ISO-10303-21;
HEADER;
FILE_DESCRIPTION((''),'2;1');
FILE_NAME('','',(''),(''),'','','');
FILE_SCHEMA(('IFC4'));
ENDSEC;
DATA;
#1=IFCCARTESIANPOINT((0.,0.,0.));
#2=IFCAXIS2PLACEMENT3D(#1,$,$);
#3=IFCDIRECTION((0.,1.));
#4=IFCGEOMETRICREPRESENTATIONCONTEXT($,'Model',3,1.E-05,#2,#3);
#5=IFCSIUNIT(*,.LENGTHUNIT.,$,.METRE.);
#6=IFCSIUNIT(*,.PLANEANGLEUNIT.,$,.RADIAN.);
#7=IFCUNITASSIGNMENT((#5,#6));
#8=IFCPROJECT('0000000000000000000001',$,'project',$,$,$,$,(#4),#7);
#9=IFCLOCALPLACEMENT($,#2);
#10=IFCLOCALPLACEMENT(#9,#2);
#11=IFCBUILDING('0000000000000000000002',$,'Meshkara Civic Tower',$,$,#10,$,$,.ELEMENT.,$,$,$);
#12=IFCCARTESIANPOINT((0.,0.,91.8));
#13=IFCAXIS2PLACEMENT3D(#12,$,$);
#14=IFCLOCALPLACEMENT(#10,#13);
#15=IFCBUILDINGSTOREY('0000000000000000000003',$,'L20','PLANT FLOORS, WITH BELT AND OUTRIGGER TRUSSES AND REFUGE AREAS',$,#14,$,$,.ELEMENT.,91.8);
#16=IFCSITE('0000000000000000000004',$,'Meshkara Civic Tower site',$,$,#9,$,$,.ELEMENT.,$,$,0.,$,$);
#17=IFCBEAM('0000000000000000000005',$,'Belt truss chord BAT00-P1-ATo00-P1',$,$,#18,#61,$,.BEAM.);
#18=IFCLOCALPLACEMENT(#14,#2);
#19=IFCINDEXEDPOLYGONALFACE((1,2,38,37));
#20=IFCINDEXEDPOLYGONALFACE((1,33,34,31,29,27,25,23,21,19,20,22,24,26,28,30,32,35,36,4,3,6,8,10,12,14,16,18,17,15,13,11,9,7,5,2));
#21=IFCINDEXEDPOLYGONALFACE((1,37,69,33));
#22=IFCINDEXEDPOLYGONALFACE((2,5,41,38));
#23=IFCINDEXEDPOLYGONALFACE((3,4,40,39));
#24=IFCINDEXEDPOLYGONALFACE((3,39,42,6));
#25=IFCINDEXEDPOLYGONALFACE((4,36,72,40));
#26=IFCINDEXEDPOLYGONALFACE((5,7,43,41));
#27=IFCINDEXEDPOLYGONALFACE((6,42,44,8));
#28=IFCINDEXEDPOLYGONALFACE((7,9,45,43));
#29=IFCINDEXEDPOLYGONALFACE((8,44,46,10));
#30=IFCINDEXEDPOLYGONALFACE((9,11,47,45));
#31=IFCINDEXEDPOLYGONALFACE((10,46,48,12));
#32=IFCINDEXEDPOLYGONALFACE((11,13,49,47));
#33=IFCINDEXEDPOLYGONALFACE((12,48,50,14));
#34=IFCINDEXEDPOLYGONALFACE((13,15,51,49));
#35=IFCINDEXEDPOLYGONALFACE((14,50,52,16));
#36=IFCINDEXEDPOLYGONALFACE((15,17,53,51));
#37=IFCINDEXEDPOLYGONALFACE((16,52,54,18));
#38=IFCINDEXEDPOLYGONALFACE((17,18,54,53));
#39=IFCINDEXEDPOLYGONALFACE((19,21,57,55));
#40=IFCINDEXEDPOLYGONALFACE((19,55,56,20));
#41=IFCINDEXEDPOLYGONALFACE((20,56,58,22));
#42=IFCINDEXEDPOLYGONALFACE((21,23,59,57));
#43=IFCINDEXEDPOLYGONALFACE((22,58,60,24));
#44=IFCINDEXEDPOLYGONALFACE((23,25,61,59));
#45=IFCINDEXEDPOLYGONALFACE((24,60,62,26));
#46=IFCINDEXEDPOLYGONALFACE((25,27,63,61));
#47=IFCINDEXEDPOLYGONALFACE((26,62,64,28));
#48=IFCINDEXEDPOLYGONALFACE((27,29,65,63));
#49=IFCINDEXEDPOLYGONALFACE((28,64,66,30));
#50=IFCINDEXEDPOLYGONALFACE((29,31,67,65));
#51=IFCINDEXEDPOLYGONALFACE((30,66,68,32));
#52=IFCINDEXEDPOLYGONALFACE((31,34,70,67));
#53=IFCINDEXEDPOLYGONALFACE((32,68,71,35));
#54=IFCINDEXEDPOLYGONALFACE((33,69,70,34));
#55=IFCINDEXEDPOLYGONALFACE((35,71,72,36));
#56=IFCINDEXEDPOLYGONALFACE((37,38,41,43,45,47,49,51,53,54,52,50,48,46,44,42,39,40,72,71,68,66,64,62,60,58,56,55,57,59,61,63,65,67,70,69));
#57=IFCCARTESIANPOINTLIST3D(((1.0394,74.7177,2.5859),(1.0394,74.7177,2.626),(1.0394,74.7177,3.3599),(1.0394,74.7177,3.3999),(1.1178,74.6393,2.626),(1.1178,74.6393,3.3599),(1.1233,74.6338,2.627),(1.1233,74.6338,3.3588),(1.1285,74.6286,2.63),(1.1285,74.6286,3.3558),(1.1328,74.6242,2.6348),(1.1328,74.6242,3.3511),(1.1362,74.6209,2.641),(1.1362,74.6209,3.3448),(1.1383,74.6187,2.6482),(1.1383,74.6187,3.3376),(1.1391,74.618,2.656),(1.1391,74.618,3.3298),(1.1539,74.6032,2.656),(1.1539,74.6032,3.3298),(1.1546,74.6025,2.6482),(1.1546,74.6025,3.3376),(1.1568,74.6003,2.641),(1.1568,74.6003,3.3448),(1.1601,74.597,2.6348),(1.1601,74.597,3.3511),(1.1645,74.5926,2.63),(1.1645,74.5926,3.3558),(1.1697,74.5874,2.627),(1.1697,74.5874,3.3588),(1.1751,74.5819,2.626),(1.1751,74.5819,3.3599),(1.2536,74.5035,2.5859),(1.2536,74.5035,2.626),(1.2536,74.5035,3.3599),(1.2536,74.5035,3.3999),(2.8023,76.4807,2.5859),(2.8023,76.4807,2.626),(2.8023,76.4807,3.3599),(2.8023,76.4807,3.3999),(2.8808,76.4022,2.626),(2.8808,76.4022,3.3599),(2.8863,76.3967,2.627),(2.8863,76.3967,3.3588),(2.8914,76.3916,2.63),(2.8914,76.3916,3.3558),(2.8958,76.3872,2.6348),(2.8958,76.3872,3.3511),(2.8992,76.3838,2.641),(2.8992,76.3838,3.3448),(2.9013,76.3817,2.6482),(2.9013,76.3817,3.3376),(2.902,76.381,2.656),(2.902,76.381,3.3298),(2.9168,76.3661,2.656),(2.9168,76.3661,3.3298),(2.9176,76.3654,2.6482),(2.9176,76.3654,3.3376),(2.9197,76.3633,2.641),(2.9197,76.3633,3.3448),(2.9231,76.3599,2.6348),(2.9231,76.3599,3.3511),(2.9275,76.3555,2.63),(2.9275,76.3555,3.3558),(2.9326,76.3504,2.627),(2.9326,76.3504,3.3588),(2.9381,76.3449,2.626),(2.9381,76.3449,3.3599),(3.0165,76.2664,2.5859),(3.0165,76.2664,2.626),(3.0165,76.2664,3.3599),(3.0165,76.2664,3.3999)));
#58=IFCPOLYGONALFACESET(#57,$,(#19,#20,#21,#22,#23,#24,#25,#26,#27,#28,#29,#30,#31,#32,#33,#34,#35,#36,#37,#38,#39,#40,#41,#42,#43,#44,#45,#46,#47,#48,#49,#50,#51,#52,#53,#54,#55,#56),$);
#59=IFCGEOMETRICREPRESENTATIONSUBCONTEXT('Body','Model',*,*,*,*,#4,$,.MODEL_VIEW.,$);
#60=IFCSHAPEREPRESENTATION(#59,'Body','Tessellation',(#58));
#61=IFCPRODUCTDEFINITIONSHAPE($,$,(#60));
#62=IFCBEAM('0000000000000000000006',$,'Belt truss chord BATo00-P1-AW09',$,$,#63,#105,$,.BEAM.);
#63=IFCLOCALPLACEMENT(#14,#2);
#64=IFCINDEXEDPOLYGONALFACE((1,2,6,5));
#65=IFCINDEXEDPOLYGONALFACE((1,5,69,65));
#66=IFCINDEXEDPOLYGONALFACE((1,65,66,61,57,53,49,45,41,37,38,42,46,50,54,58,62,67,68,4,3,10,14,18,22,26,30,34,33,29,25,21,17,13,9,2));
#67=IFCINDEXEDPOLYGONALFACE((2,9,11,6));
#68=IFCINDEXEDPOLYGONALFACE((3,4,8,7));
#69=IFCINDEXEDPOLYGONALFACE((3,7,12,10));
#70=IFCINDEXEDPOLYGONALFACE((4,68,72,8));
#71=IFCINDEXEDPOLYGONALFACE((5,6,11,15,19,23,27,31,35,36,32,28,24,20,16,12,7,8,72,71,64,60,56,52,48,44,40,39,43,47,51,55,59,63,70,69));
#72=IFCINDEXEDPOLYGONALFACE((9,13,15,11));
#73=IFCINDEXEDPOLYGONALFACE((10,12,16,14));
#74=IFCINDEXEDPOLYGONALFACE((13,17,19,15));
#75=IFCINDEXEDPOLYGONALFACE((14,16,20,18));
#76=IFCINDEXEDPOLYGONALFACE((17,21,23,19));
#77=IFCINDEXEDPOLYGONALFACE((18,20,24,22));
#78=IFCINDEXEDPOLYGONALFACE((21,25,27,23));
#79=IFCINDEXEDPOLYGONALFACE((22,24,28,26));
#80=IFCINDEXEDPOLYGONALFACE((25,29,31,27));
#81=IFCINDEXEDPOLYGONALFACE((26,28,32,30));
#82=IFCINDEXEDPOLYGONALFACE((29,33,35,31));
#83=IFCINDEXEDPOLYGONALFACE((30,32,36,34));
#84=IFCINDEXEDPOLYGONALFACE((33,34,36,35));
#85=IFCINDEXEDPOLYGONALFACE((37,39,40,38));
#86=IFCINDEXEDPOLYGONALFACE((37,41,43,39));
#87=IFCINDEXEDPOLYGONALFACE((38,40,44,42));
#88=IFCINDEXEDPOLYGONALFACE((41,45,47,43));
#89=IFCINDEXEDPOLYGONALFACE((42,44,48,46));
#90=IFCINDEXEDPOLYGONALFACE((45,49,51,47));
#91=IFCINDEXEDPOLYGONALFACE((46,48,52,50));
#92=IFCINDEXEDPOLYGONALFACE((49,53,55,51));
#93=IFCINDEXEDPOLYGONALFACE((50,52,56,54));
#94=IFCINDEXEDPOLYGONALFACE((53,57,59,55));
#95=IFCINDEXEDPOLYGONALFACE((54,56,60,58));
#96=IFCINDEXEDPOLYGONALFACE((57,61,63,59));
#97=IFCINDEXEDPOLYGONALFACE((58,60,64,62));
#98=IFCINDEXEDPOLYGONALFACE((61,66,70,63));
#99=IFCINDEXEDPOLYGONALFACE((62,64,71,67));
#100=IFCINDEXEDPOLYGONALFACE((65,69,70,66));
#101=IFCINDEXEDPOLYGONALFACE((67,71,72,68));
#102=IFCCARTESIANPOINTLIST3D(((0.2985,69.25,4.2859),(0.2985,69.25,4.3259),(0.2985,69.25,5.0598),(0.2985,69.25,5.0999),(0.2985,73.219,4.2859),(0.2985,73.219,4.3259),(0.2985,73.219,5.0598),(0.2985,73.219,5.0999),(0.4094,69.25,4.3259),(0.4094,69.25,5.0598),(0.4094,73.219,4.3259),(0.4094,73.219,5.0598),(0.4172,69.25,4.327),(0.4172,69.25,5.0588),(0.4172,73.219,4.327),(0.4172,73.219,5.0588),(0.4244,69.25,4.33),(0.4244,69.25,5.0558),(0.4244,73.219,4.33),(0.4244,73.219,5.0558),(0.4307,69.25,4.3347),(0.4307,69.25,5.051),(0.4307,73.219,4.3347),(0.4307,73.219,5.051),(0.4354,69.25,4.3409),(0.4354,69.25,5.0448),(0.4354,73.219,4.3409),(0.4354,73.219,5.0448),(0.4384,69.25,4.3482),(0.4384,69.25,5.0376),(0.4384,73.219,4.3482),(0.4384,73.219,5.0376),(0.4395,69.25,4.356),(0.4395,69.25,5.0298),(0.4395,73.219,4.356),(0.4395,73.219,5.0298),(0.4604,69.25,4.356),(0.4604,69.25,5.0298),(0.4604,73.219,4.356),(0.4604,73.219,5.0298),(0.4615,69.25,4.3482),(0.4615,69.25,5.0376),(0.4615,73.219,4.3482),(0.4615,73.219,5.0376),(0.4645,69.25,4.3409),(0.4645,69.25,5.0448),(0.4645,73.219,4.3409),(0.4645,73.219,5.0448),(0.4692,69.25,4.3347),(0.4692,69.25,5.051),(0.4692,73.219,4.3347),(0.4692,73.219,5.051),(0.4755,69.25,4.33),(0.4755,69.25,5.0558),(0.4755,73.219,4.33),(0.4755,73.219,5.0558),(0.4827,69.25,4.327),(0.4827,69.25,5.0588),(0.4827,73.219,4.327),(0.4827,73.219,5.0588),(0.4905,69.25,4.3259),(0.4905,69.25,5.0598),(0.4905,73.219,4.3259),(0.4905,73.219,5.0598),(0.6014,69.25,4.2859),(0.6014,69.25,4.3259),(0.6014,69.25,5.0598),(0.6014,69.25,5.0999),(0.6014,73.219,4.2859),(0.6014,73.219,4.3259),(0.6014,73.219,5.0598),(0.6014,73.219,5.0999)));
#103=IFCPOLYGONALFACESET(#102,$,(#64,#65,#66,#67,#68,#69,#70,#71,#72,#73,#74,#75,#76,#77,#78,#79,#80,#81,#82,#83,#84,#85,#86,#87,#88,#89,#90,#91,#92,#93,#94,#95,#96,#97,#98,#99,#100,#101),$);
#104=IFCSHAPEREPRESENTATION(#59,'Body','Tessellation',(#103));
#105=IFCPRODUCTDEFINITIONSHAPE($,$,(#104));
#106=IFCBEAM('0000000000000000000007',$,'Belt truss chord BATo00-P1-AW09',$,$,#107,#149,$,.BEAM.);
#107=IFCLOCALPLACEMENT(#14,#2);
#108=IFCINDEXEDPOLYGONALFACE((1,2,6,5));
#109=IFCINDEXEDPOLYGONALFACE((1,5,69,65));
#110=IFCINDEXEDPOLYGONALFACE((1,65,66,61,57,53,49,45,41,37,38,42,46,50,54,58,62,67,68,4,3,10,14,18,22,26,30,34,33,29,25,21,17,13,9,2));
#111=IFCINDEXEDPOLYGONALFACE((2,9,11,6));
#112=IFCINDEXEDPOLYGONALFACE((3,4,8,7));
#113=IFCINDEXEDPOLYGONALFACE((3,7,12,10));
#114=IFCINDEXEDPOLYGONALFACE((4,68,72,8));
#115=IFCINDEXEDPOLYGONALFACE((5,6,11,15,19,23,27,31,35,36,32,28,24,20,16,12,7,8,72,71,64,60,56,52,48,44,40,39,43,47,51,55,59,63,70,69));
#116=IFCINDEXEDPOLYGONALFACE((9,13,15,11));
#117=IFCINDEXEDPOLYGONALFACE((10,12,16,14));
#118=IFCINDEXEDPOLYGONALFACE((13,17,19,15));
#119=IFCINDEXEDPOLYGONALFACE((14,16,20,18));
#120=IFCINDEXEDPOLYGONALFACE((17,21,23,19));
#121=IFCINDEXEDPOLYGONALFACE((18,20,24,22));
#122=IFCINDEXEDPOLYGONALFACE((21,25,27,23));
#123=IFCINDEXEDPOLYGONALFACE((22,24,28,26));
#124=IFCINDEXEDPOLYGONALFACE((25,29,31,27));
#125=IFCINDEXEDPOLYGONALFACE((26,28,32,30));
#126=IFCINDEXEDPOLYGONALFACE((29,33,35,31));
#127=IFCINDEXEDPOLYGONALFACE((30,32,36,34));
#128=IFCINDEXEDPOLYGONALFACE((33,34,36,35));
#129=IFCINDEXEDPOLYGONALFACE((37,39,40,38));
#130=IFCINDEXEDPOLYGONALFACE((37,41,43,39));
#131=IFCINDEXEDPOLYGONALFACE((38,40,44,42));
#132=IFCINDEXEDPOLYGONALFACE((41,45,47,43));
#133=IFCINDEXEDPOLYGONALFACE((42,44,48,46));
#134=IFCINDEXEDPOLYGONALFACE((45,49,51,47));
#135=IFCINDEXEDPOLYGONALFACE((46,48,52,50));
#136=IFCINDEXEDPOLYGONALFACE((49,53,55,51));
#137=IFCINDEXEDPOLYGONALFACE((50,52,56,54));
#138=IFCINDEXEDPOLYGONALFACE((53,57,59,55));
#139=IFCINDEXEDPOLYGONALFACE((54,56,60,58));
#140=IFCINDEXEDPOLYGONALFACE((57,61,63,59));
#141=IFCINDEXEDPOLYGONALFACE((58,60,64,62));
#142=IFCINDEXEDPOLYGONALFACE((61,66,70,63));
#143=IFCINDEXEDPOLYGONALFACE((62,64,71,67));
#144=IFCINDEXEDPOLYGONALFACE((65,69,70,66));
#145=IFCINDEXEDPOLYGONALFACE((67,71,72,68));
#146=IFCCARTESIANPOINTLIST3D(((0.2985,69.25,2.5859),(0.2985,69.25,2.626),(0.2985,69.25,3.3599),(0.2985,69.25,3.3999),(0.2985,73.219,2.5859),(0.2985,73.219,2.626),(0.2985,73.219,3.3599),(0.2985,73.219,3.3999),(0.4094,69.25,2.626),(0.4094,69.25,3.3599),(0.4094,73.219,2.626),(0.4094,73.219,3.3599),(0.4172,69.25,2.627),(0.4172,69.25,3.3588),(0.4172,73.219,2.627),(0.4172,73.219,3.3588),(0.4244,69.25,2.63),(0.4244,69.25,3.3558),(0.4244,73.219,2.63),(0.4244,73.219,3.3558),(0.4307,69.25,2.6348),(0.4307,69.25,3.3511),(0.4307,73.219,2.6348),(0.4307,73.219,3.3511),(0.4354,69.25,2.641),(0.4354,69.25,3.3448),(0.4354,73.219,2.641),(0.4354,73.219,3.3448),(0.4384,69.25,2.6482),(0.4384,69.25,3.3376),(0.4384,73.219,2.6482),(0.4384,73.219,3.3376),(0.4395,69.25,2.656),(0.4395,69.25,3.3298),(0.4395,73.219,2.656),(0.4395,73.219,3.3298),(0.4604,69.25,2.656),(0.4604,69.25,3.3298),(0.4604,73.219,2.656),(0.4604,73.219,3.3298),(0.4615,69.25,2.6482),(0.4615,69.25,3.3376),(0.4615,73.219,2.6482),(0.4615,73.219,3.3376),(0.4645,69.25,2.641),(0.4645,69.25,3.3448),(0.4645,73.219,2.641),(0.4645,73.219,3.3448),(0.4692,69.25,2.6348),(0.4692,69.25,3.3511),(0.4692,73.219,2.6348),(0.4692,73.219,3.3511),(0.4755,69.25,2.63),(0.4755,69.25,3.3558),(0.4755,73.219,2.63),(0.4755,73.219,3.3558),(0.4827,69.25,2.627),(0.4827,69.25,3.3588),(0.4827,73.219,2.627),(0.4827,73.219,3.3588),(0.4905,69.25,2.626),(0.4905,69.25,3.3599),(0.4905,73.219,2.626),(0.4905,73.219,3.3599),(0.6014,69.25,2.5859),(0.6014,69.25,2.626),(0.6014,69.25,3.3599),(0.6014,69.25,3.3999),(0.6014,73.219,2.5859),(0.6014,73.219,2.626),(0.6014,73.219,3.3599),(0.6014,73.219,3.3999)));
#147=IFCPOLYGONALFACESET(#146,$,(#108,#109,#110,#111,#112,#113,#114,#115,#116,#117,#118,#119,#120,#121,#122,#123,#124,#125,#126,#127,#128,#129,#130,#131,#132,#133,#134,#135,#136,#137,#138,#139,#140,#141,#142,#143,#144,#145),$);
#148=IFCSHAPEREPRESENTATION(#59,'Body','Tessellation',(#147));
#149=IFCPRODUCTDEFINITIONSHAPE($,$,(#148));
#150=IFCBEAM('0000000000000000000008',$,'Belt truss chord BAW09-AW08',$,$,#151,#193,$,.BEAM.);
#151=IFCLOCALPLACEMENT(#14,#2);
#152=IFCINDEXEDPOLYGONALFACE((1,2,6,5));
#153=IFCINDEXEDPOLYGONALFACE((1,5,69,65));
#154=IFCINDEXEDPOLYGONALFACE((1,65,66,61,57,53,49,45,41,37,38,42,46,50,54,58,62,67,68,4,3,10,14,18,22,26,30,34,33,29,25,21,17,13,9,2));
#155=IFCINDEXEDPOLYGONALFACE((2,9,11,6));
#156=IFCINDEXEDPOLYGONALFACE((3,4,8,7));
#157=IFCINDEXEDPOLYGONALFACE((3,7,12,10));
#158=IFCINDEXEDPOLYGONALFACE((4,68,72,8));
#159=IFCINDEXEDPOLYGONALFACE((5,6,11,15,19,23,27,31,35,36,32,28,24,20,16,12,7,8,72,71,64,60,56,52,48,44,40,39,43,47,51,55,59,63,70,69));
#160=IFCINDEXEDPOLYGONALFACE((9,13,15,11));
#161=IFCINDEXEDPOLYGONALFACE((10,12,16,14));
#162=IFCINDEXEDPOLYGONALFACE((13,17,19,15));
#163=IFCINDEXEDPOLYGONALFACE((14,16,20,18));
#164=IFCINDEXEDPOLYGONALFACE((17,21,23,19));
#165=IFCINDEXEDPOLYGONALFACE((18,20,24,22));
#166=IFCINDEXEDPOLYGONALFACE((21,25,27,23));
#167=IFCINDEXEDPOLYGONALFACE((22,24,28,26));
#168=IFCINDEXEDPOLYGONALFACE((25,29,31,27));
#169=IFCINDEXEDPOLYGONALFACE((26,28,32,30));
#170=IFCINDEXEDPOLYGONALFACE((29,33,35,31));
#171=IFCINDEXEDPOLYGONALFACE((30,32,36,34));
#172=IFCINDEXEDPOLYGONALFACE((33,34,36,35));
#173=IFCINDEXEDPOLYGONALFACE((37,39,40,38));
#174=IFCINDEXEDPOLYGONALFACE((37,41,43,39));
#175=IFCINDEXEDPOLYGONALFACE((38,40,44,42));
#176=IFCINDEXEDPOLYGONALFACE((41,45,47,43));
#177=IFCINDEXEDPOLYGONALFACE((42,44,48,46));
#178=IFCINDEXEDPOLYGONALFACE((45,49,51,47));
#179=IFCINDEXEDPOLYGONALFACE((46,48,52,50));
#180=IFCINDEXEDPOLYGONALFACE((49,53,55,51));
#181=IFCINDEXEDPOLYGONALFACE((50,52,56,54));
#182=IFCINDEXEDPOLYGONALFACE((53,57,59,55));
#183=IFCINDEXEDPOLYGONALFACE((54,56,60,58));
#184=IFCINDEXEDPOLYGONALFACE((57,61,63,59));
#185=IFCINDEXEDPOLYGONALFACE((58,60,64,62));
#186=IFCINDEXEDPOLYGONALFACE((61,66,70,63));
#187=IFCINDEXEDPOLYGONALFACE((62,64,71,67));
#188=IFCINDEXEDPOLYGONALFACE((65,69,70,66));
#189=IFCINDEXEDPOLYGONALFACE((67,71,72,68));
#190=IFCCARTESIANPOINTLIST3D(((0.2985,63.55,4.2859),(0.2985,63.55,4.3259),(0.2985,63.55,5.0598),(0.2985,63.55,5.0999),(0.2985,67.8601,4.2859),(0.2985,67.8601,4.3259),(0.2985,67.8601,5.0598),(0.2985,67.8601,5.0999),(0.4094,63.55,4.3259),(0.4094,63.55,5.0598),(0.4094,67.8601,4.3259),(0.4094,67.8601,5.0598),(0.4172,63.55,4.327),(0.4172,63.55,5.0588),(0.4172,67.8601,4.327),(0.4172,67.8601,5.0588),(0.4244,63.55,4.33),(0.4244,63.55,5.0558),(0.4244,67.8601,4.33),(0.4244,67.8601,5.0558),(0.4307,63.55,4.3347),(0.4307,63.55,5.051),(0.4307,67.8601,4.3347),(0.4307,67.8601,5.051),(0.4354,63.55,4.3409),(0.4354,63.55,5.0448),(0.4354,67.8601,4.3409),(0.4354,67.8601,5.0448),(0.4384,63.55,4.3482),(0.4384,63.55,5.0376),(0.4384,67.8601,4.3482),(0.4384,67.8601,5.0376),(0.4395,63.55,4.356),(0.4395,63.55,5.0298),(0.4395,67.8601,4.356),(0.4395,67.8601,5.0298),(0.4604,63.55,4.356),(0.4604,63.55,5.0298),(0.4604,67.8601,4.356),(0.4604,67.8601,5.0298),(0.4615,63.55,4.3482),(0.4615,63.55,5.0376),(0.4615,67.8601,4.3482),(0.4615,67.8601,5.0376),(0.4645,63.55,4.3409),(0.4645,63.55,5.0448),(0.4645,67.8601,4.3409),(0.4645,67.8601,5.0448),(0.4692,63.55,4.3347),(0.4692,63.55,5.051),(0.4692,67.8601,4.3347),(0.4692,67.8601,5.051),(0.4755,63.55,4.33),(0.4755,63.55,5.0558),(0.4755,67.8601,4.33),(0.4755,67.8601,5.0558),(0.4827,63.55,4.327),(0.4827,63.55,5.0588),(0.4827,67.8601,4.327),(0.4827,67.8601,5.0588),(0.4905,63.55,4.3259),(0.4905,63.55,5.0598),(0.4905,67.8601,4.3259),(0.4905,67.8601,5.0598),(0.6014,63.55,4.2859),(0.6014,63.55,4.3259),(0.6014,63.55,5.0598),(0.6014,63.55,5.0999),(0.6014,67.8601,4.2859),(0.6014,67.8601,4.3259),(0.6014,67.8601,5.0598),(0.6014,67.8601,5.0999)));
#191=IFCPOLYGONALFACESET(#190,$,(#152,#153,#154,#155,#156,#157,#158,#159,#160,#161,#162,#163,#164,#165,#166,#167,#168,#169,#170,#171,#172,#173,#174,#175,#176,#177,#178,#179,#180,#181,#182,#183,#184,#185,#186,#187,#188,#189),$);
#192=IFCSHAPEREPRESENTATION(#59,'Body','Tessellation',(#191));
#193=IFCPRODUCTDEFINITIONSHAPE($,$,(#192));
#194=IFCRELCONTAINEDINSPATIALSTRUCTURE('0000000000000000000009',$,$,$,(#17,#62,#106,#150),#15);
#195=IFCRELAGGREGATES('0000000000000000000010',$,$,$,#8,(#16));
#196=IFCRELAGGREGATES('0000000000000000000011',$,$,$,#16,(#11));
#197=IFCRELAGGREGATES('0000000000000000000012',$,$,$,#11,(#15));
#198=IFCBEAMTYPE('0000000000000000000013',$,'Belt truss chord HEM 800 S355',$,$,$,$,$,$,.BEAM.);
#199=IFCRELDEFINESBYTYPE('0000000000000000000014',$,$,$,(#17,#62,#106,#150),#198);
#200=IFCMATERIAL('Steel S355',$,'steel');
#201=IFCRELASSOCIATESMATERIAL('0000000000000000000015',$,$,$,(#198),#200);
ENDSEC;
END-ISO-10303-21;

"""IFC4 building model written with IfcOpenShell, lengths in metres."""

from ifc_helpers import new_model, si_unit, direction, frame, origin, origin_2d, place, context, subcontext, project, spatial, i_section, extrude, material, material_profile, profile_set, type_object, element, save


model = new_model("IFC4")

# Units and contexts
model_context = context("Model", 3, precision=1e-05, world=origin(), true_north=direction((0.0, 1.0)))
body_context = subcontext(model_context, "Body", "Model", "MODEL_VIEW")
ifc_project = project(units=[si_unit("LENGTHUNIT", "METRE"), si_unit("PLANEANGLEUNIT", "RADIAN")], contexts=[model_context])

# Site, building, storey
site_placement = place(None, origin())
site = spatial("IfcSite", under=ifc_project, at=site_placement, Name="Meshkara Civic Tower site", CompositionType="ELEMENT", RefElevation=0.0)
building_placement = place(site_placement, origin())
building = spatial("IfcBuilding", under=site, at=building_placement, Name="Meshkara Civic Tower", CompositionType="ELEMENT")
storey_placement = place(building_placement, frame((0.0, 0.0, 91.8)))
storey = spatial("IfcBuildingStorey", under=building, at=storey_placement, Name="L20", Description="PLANT FLOORS, WITH BELT AND OUTRIGGER TRUSSES AND REFUGE AREAS", CompositionType="ELEMENT", Elevation=91.8)

# Beams
ifc_material_1 = material(Name="Steel S355", Category="steel")
ifc_material_profile_1 = material_profile(ifc_material_1, i_section(OverallWidth=0.303, OverallDepth=0.814, WebThickness=0.021, FlangeThickness=0.04, FilletRadius=0.03, at=origin_2d()))
ifc_profile_set_1 = profile_set([ifc_material_profile_1], Name="Steel S355")
beam_type = type_object("IfcBeamType", Name="Belt truss chord HEM 800 S355", PredefinedType="BEAM", material=ifc_profile_set_1)
for number, where, z_axis, x_axis, name in (
    (1, (2.9094, 76.3735, 2.9929), (-0.707107, -0.707107, 0.0), (0.707107, -0.707107, 0.0), "Belt truss chord BAT00-P1-ATo00-P1"),
):
    element("IfcBeam", number, at=place(storey_placement, frame(where, z_axis=z_axis, x_axis=x_axis)), inside=storey, type_object=beam_type, Name=name, PredefinedType="BEAM", context=body_context, shape_type="SweptSolid", body=[
        extrude(i_section(OverallWidth=0.303, OverallDepth=0.814, WebThickness=0.021, FlangeThickness=0.04, FilletRadius=0.03, at=origin_2d()), origin(), (0.0, 0.0, 1.0), 2.4932),
    ])
for number, where, z_axis, x_axis, name in (
    (2, (0.45, 73.219, 4.6929), (0.0, -1.0, 0.0), (1.0, 0.0, 0.0), "Belt truss chord BATo00-P1-AW09"),
    (3, (0.45, 73.219, 2.9929), (0.0, -1.0, 0.0), (1.0, 0.0, 0.0), "Belt truss chord BATo00-P1-AW09"),
):
    element("IfcBeam", number, at=place(storey_placement, frame(where, z_axis=z_axis, x_axis=x_axis)), inside=storey, type_object=beam_type, Name=name, PredefinedType="BEAM", context=body_context, shape_type="SweptSolid", body=[
        extrude(i_section(OverallWidth=0.303, OverallDepth=0.814, WebThickness=0.021, FlangeThickness=0.04, FilletRadius=0.03, at=origin_2d()), origin(), (0.0, 0.0, 1.0), 3.969),
    ])
for number, where, z_axis, x_axis, name in (
    (4, (0.45, 67.8601, 4.6929), (0.0, -1.0, 0.0), (1.0, 0.0, 0.0), "Belt truss chord BAW09-AW08"),
):
    element("IfcBeam", number, at=place(storey_placement, frame(where, z_axis=z_axis, x_axis=x_axis)), inside=storey, type_object=beam_type, Name=name, PredefinedType="BEAM", context=body_context, shape_type="SweptSolid", body=[
        extrude(i_section(OverallWidth=0.303, OverallDepth=0.814, WebThickness=0.021, FlangeThickness=0.04, FilletRadius=0.03, at=origin_2d()), origin(), (0.0, 0.0, 1.0), 4.3101),
    ])

save(model, "model.ifc")
